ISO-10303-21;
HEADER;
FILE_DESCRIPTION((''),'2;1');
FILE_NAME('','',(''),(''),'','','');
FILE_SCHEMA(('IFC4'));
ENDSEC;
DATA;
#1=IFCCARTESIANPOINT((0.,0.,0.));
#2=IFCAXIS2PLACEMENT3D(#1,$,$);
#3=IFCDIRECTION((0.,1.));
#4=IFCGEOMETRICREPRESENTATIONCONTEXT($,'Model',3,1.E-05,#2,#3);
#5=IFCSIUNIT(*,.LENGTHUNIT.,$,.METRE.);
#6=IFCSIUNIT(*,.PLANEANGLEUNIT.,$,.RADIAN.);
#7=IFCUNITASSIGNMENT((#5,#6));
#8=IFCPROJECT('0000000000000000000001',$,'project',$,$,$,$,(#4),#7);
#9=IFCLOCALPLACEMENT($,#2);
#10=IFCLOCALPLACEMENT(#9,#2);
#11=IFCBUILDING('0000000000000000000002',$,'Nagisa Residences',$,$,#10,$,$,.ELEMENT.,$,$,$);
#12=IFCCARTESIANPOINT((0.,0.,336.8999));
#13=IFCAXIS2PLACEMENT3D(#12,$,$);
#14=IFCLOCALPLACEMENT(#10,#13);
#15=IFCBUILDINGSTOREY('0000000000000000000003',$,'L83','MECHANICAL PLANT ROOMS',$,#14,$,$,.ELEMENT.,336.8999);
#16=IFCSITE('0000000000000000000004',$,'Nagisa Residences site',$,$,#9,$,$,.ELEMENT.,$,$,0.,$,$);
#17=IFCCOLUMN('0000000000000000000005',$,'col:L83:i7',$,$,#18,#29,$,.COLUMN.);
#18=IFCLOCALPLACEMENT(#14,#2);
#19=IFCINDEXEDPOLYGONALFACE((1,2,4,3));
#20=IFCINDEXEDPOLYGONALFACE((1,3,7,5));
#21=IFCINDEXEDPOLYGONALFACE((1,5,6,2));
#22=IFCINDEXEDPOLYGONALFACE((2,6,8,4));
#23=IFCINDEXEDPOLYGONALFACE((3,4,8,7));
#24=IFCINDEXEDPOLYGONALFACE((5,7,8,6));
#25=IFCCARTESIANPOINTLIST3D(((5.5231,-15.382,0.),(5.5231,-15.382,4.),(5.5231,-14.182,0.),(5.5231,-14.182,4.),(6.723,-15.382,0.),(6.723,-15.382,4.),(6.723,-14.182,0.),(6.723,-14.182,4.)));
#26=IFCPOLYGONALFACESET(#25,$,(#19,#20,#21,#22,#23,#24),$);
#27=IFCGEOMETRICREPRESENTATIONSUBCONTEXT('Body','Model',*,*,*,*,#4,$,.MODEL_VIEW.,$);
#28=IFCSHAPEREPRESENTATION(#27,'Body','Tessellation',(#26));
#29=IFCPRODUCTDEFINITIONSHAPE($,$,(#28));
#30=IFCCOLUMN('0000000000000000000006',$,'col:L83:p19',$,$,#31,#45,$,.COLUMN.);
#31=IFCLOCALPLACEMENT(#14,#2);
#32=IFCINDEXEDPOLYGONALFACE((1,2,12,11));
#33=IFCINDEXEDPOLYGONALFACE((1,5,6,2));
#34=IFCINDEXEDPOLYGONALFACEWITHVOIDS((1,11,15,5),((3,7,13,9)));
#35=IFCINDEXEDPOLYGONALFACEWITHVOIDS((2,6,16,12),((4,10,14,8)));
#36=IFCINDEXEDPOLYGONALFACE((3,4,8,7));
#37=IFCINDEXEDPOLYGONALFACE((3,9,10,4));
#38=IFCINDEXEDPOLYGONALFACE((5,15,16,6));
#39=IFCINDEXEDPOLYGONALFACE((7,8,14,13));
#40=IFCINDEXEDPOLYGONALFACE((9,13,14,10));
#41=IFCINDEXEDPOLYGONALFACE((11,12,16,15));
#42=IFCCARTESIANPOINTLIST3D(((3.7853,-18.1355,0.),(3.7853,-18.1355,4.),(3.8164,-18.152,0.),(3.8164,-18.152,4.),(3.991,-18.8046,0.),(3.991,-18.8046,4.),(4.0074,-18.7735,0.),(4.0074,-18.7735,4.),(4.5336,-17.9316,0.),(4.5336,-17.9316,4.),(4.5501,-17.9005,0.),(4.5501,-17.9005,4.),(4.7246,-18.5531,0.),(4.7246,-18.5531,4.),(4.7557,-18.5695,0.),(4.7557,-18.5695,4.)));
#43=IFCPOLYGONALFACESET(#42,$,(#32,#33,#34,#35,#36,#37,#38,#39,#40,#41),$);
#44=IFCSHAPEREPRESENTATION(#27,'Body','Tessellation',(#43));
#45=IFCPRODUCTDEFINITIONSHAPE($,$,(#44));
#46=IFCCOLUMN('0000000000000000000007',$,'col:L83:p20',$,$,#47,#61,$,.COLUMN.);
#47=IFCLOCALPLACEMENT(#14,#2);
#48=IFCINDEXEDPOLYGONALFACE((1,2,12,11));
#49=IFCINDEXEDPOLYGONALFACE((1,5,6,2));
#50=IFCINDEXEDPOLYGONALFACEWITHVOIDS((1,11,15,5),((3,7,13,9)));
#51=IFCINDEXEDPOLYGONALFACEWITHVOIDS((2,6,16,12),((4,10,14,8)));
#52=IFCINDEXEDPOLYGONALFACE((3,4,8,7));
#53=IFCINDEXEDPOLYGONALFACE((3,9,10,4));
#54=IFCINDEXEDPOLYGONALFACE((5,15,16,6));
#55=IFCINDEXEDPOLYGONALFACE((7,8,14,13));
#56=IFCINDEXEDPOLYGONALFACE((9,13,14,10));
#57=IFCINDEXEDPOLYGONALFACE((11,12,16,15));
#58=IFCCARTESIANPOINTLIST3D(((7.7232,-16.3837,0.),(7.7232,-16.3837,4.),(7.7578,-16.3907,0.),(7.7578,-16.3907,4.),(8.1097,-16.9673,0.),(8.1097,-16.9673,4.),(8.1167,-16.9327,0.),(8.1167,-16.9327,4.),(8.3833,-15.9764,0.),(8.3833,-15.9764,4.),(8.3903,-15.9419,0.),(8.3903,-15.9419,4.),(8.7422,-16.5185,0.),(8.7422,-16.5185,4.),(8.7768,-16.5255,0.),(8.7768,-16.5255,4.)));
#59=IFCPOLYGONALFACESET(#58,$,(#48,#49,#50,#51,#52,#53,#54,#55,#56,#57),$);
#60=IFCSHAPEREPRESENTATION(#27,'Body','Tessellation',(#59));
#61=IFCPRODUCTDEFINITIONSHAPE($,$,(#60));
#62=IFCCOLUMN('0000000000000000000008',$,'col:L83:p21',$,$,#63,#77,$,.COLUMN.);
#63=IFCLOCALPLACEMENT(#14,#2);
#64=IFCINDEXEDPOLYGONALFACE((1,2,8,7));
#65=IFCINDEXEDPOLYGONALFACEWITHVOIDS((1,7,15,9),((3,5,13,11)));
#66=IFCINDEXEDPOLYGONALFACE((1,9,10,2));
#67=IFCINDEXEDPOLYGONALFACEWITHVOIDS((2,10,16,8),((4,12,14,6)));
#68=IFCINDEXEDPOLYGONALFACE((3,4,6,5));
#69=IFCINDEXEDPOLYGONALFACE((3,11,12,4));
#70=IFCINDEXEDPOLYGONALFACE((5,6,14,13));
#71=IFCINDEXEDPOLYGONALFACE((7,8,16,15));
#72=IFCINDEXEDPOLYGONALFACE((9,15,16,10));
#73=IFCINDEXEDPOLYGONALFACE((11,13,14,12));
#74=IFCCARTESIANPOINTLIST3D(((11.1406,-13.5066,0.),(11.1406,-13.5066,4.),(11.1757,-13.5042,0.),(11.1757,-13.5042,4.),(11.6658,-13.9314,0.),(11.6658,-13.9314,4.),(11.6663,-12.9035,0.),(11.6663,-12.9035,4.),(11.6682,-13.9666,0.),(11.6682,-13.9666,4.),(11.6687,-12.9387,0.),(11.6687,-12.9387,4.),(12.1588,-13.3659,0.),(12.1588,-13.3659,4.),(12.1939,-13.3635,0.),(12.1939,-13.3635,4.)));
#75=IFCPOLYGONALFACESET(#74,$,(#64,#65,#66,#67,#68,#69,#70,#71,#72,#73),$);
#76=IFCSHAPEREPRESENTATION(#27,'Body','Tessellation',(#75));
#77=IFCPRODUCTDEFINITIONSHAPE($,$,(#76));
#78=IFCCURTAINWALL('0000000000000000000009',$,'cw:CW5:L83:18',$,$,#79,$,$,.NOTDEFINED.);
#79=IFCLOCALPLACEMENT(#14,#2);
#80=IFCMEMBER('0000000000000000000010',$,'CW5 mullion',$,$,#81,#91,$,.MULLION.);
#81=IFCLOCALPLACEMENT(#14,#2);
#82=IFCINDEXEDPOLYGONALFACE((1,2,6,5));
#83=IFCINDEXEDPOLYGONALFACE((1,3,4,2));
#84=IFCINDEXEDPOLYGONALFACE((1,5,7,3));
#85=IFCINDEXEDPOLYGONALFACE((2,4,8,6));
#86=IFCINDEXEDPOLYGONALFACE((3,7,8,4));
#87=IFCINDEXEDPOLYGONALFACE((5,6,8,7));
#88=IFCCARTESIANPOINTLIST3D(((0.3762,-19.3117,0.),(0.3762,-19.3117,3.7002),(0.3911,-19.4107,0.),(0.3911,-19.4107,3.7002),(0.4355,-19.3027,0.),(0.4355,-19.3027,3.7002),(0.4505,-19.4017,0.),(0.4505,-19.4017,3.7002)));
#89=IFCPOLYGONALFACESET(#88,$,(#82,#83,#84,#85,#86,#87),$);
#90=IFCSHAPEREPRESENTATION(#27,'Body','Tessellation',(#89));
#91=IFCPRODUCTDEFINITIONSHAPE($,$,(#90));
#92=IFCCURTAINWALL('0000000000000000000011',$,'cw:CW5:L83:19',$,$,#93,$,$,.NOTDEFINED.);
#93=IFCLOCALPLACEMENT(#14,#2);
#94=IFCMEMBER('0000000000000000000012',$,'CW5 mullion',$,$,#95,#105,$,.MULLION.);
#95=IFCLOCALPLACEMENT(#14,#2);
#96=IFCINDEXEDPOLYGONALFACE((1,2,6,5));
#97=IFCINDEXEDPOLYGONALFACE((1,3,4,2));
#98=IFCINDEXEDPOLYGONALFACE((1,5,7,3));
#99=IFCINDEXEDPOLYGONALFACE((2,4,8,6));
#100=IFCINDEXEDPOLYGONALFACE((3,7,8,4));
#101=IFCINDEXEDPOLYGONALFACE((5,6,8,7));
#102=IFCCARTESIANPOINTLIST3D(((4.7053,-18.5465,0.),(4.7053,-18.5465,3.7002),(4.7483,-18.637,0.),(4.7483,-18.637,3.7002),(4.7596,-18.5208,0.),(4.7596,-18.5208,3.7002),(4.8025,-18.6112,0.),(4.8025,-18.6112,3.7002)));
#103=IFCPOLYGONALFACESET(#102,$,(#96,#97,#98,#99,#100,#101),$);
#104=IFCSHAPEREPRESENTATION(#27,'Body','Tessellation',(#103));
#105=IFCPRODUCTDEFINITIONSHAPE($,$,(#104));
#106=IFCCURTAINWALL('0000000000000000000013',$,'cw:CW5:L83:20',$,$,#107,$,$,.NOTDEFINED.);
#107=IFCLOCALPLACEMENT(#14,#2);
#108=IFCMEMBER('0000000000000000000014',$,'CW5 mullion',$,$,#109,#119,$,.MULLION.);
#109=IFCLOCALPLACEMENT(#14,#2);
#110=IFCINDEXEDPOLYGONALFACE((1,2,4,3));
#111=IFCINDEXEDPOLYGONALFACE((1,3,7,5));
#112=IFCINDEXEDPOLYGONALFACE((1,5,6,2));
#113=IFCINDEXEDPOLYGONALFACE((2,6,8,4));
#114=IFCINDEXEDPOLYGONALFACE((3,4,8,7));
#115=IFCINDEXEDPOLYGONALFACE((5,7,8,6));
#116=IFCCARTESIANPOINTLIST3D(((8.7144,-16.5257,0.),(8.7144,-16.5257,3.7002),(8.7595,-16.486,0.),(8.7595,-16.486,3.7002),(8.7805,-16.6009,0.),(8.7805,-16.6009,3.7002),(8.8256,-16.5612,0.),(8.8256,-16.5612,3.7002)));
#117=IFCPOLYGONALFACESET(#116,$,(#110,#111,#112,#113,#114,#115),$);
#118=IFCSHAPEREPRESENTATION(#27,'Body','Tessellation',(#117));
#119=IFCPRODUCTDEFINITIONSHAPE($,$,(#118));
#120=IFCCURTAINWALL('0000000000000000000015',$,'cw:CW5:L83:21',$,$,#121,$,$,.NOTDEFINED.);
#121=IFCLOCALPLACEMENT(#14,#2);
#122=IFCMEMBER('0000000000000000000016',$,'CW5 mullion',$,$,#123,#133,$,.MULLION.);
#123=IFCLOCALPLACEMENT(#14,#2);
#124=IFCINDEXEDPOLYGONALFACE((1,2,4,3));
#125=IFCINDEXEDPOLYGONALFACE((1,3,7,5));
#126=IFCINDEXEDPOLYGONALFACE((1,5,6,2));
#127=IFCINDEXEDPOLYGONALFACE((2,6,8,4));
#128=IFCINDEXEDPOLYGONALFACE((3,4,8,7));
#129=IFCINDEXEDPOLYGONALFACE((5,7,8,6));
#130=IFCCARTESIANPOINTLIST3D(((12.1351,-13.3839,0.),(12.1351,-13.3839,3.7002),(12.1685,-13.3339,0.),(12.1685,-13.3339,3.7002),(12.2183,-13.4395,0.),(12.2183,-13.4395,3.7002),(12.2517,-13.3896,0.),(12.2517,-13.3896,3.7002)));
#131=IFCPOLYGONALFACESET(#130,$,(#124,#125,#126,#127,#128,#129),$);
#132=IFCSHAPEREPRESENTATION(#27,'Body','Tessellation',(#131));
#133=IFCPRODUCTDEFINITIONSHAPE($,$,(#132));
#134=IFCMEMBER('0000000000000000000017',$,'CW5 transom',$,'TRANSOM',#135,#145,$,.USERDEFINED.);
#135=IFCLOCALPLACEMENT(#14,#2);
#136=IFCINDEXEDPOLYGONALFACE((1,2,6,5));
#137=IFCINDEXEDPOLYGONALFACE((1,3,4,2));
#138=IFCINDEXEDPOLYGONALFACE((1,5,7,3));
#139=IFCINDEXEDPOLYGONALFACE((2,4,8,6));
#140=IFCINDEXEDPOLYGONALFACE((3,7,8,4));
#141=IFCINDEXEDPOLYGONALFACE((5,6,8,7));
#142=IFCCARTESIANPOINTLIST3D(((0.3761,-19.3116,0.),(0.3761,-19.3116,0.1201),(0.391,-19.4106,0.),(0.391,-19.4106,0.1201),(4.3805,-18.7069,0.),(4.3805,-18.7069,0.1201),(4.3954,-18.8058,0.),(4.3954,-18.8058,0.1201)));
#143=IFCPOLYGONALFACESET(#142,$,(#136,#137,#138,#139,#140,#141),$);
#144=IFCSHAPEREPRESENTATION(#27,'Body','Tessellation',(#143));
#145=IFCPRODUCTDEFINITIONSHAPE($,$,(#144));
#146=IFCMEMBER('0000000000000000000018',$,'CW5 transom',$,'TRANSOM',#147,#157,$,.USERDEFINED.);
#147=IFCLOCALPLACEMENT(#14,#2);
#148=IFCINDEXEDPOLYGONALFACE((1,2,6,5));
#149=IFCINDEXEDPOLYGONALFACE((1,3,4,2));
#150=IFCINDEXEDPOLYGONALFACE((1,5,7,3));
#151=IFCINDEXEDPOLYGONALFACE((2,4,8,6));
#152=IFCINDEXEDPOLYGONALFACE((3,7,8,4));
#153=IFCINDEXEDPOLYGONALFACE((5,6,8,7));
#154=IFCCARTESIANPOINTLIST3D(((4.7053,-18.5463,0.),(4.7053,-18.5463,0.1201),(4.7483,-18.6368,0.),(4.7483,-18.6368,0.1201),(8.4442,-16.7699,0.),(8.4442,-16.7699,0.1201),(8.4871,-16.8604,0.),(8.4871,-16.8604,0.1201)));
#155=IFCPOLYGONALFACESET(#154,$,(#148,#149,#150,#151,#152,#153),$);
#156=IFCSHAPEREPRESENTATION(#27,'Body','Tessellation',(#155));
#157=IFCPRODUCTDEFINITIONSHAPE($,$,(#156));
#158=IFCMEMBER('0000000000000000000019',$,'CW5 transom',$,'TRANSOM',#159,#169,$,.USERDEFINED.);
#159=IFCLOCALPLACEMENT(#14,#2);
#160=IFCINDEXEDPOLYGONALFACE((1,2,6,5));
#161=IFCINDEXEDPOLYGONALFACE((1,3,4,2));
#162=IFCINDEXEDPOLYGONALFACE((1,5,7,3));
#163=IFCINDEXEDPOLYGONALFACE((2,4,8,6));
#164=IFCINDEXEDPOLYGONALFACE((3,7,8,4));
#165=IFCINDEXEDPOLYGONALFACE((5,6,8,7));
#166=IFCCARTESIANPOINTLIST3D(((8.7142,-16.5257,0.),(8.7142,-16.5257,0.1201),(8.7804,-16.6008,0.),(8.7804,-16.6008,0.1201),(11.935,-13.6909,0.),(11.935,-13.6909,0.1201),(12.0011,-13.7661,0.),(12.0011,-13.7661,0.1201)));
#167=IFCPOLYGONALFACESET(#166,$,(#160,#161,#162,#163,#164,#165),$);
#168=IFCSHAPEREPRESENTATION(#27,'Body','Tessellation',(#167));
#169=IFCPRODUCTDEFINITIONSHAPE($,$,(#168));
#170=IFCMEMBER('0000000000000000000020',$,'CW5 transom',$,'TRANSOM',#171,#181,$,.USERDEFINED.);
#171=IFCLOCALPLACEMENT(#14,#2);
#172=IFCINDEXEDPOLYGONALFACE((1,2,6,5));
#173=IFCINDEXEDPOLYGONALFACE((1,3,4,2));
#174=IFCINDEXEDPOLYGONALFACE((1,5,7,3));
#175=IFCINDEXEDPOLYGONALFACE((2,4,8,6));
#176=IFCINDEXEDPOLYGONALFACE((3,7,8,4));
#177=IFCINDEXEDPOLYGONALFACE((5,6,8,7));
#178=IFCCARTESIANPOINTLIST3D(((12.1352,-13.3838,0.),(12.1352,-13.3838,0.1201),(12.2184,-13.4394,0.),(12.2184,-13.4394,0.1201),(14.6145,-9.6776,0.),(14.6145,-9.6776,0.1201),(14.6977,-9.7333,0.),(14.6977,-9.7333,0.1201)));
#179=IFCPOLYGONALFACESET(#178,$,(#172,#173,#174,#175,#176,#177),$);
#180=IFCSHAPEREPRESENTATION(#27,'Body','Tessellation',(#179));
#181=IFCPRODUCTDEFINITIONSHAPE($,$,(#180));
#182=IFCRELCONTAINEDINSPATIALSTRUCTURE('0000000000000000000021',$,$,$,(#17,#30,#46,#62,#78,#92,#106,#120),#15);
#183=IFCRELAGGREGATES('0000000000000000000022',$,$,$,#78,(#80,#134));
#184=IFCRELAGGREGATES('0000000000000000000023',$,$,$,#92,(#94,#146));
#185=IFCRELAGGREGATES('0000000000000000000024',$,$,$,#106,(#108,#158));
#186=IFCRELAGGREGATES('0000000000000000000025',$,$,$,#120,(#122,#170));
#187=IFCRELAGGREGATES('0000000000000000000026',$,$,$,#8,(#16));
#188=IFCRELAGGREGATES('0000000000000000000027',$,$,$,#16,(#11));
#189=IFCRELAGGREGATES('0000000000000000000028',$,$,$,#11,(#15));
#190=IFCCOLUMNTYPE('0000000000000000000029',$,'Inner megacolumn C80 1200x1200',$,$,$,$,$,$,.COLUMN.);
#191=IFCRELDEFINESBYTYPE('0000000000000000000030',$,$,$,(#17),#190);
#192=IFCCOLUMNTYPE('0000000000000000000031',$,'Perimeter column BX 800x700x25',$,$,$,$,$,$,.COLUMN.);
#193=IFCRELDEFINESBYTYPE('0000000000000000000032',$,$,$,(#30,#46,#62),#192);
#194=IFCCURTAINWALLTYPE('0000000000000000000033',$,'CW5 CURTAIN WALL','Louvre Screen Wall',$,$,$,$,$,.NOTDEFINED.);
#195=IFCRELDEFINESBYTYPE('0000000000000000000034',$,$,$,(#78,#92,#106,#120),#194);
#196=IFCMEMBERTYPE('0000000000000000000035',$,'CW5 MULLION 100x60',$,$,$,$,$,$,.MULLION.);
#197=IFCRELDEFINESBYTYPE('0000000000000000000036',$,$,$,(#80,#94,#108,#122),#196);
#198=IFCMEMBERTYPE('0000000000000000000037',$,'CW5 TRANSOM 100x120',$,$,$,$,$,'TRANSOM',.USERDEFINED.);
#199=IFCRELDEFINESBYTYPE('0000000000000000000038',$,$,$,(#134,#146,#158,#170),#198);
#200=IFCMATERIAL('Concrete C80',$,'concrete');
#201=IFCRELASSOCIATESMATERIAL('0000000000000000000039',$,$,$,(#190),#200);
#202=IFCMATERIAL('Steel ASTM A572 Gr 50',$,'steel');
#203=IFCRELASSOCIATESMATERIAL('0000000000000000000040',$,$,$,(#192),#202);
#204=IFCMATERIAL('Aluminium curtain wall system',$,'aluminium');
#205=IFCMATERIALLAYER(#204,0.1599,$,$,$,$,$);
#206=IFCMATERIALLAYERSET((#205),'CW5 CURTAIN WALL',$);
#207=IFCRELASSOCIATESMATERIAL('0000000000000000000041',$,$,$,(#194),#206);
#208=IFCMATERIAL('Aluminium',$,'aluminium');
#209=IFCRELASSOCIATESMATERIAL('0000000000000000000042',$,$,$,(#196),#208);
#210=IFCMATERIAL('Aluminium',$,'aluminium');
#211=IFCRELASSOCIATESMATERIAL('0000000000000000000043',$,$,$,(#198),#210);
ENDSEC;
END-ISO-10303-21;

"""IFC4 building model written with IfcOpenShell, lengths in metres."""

from ifc_helpers import new_model, si_unit, direction, frame, origin, origin_2d, place, context, subcontext, project, spatial, rectangle, hollow_rectangle, extrude, material, layer, layer_set, material_profile, profile_set, type_object, element, aggregate, save


model = new_model("IFC4")

# Units and contexts
model_context = context("Model", 3, precision=1e-05, world=origin(), true_north=direction((0.0, 1.0)))
body_context = subcontext(model_context, "Body", "Model", "MODEL_VIEW")
ifc_project = project(units=[si_unit("LENGTHUNIT", "METRE"), si_unit("PLANEANGLEUNIT", "RADIAN")], contexts=[model_context])

# Site, building, storey
site_placement = place(None, origin())
site = spatial("IfcSite", under=ifc_project, at=site_placement, Name="Nagisa Residences site", CompositionType="ELEMENT", RefElevation=0.0)
building_placement = place(site_placement, origin())
building = spatial("IfcBuilding", under=site, at=building_placement, Name="Nagisa Residences", CompositionType="ELEMENT")
storey_placement = place(building_placement, frame((0.0, 0.0, 336.8999)))
storey = spatial("IfcBuildingStorey", under=building, at=storey_placement, Name="L83", Description="MECHANICAL PLANT ROOMS", CompositionType="ELEMENT", Elevation=336.8999)

# Columns
ifc_material_1 = material(Name="Concrete C80", Category="concrete")
ifc_material_profile_1 = material_profile(ifc_material_1, rectangle(XDim=1.2, YDim=1.2, at=origin_2d()), Name="C80 1200x1200")
ifc_profile_set_1 = profile_set([ifc_material_profile_1], Name="Concrete C80")
column_type_1 = type_object("IfcColumnType", Name="Inner megacolumn C80 1200x1200", PredefinedType="COLUMN", material=ifc_profile_set_1)
column_placement = place(storey_placement, frame((6.123, -14.782, 0.0), z_axis=(0.0, 0.0, 1.0), x_axis=(1.0, 0.0, 0.0)))
element("IfcColumn", 1, at=column_placement, inside=storey, type_object=column_type_1, Name="col:L83:i7", PredefinedType="COLUMN", context=body_context, shape_type="SweptSolid", body=[
    extrude(rectangle(XDim=1.2, YDim=1.2, at=origin_2d()), origin(), (0.0, 0.0, 1.0), 4.0),
])
ifc_material_2 = material(Name="Steel ASTM A572 Gr 50", Category="steel")
ifc_material_profile_2 = material_profile(ifc_material_2, hollow_rectangle(XDim=0.8, YDim=0.7, WallThickness=0.0249, at=origin_2d()), Name="BX 800x700x25")
ifc_profile_set_2 = profile_set([ifc_material_profile_2], Name="Steel ASTM A572 Gr 50")
column_type_2 = type_object("IfcColumnType", Name="Perimeter column BX 800x700x25", PredefinedType="COLUMN", material=ifc_profile_set_2)
for number, where, z_axis, x_axis, name in (
    (2, (4.2705, -18.3525, 0.0), (0.0, 0.0, 1.0), (0.95587, 0.29379, 0.0), "col:L83:p19"),
    (3, (8.25, -16.4546, 0.0), (0.0, 0.0, 1.0), (0.833744, 0.552151, 0.0), "col:L83:p20"),
    (4, (11.6672, -13.4351, 0.0), (0.0, 0.0, 1.0), (0.657135, 0.753773, 0.0), "col:L83:p21"),
):
    element("IfcColumn", number, at=place(storey_placement, frame(where, z_axis=z_axis, x_axis=x_axis)), inside=storey, type_object=column_type_2, Name=name, PredefinedType="COLUMN", context=body_context, shape_type="SweptSolid", body=[
        extrude(hollow_rectangle(XDim=0.8, YDim=0.7, WallThickness=0.0249, at=origin_2d()), origin(), (0.0, 0.0, 1.0), 4.0),
    ])

# Curtain walls, members
ifc_material_3 = material(Name="Aluminium curtain wall system", Category="aluminium")
ifc_layer_1 = layer(ifc_material_3, 0.1599)
ifc_layer_set_1 = layer_set([ifc_layer_1], Name="CW5 CURTAIN WALL")
curtain_wall_type = type_object("IfcCurtainWallType", Name="CW5 CURTAIN WALL", Description="Louvre Screen Wall", PredefinedType="NOTDEFINED", material=ifc_layer_set_1)
curtain_wall_1_placement = place(storey_placement, origin())
curtain_wall_1 = element("IfcCurtainWall", 5, at=curtain_wall_1_placement, inside=storey, type_object=curtain_wall_type, Name="cw:CW5:L83:18", PredefinedType="NOTDEFINED")
ifc_material_4 = material(Name="Aluminium", Category="aluminium")
ifc_material_profile_3 = material_profile(ifc_material_4, rectangle(XDim=0.1001, YDim=0.0601, at=origin_2d()), Name="CW5 MULLION 100x60")
ifc_profile_set_3 = profile_set([ifc_material_profile_3], Name="Aluminium")
member_type_1 = type_object("IfcMemberType", Name="CW5 MULLION 100x60", PredefinedType="MULLION", material=ifc_profile_set_3)
member_1_placement = place(storey_placement, frame((0.4133, -19.3567, 0.0), z_axis=(0.0, 0.0, 1.0), x_axis=(-0.14932, 0.988789, 0.0)))
member_1 = element("IfcMember", 6, at=member_1_placement, type_object=member_type_1, Name="CW5 mullion", PredefinedType="MULLION", context=body_context, shape_type="SweptSolid", body=[
    extrude(rectangle(XDim=0.1001, YDim=0.0601, at=origin_2d()), origin(), (0.0, 0.0, 1.0), 3.7002),
])
curtain_wall_2_placement = place(storey_placement, origin())
curtain_wall_2 = element("IfcCurtainWall", 7, at=curtain_wall_2_placement, inside=storey, type_object=curtain_wall_type, Name="cw:CW5:L83:19", PredefinedType="NOTDEFINED")
member_2_placement = place(storey_placement, frame((4.7539, -18.5789, 0.0), z_axis=(0.0, 0.0, 1.0), x_axis=(-0.429151, 0.903233, 0.0)))
member_2 = element("IfcMember", 8, at=member_2_placement, type_object=member_type_1, Name="CW5 mullion", PredefinedType="MULLION", context=body_context, shape_type="SweptSolid", body=[
    extrude(rectangle(XDim=0.1001, YDim=0.0601, at=origin_2d()), origin(), (0.0, 0.0, 1.0), 3.7002),
])
curtain_wall_3_placement = place(storey_placement, origin())
curtain_wall_3 = element("IfcCurtainWall", 9, at=curtain_wall_3_placement, inside=storey, type_object=curtain_wall_type, Name="cw:CW5:L83:20", PredefinedType="NOTDEFINED")
member_3_placement = place(storey_placement, frame((8.77, -16.5435, 0.0), z_axis=(0.0, 0.0, 1.0), x_axis=(-0.660699, 0.750651, 0.0)))
member_3 = element("IfcMember", 10, at=member_3_placement, type_object=member_type_1, Name="CW5 mullion", PredefinedType="MULLION", context=body_context, shape_type="SweptSolid", body=[
    extrude(rectangle(XDim=0.1001, YDim=0.0601, at=origin_2d()), origin(), (0.0, 0.0, 1.0), 3.7002),
])
curtain_wall_4_placement = place(storey_placement, origin())
curtain_wall_4 = element("IfcCurtainWall", 11, at=curtain_wall_4_placement, inside=storey, type_object=curtain_wall_type, Name="cw:CW5:L83:21", PredefinedType="NOTDEFINED")
member_4_placement = place(storey_placement, frame((12.1934, -13.3867, 0.0), z_axis=(0.0, 0.0, 1.0), x_axis=(-0.831173, 0.556014, 0.0)))
member_4 = element("IfcMember", 12, at=member_4_placement, type_object=member_type_1, Name="CW5 mullion", PredefinedType="MULLION", context=body_context, shape_type="SweptSolid", body=[
    extrude(rectangle(XDim=0.1001, YDim=0.0601, at=origin_2d()), origin(), (0.0, 0.0, 1.0), 3.7002),
])

# Members
ifc_material_5 = material(Name="Aluminium", Category="aluminium")
ifc_material_profile_4 = material_profile(ifc_material_5, rectangle(XDim=0.1001, YDim=0.1201, at=origin_2d()), Name="CW5 TRANSOM 100x120")
ifc_profile_set_4 = profile_set([ifc_material_profile_4], Name="Aluminium")
member_type_2 = type_object("IfcMemberType", Name="CW5 TRANSOM 100x120", ElementType="TRANSOM", PredefinedType="USERDEFINED", material=ifc_profile_set_4)
member_5_placement = place(storey_placement, frame((0.3835, -19.3611, 0.0601), z_axis=(0.988788, 0.149325, 0.0), x_axis=(-0.149325, 0.988788, 0.0)))
member_5 = element("IfcMember", 13, at=member_5_placement, type_object=member_type_2, Name="CW5 transom", ObjectType="TRANSOM", PredefinedType="USERDEFINED", context=body_context, shape_type="SweptSolid", body=[
    extrude(rectangle(XDim=0.1001, YDim=0.1201, at=origin_2d()), origin(), (0.0, 0.0, 1.0), 4.0498),
])
member_6_placement = place(storey_placement, frame((4.7268, -18.5916, 0.0601), z_axis=(0.903235, 0.429146, 0.0), x_axis=(-0.429146, 0.903235, 0.0)))
member_6 = element("IfcMember", 14, at=member_6_placement, type_object=member_type_2, Name="CW5 transom", ObjectType="TRANSOM", PredefinedType="USERDEFINED", context=body_context, shape_type="SweptSolid", body=[
    extrude(rectangle(XDim=0.1001, YDim=0.1201, at=origin_2d()), origin(), (0.0, 0.0, 1.0), 4.1394),
])
member_7_placement = place(storey_placement, frame((8.7473, -16.5632, 0.0601), z_axis=(0.750656, 0.660693, 0.0), x_axis=(-0.660693, 0.750656, 0.0)))
member_7 = element("IfcMember", 15, at=member_7_placement, type_object=member_type_2, Name="CW5 transom", ObjectType="TRANSOM", PredefinedType="USERDEFINED", context=body_context, shape_type="SweptSolid", body=[
    extrude(rectangle(XDim=0.1001, YDim=0.1201, at=origin_2d()), origin(), (0.0, 0.0, 1.0), 4.2905),
])
member_8_placement = place(storey_placement, frame((12.1768, -13.4116, 0.0601), z_axis=(0.556026, 0.831165, 0.0), x_axis=(-0.831165, 0.556026, 0.0)))
member_8 = element("IfcMember", 16, at=member_8_placement, type_object=member_type_2, Name="CW5 transom", ObjectType="TRANSOM", PredefinedType="USERDEFINED", context=body_context, shape_type="SweptSolid", body=[
    extrude(rectangle(XDim=0.1001, YDim=0.1201, at=origin_2d()), origin(), (0.0, 0.0, 1.0), 4.459),
])

aggregate(curtain_wall_1, [member_1, member_5])
aggregate(curtain_wall_2, [member_2, member_6])
aggregate(curtain_wall_3, [member_3, member_7])
aggregate(curtain_wall_4, [member_4, member_8])

save(model, "model.ifc")
